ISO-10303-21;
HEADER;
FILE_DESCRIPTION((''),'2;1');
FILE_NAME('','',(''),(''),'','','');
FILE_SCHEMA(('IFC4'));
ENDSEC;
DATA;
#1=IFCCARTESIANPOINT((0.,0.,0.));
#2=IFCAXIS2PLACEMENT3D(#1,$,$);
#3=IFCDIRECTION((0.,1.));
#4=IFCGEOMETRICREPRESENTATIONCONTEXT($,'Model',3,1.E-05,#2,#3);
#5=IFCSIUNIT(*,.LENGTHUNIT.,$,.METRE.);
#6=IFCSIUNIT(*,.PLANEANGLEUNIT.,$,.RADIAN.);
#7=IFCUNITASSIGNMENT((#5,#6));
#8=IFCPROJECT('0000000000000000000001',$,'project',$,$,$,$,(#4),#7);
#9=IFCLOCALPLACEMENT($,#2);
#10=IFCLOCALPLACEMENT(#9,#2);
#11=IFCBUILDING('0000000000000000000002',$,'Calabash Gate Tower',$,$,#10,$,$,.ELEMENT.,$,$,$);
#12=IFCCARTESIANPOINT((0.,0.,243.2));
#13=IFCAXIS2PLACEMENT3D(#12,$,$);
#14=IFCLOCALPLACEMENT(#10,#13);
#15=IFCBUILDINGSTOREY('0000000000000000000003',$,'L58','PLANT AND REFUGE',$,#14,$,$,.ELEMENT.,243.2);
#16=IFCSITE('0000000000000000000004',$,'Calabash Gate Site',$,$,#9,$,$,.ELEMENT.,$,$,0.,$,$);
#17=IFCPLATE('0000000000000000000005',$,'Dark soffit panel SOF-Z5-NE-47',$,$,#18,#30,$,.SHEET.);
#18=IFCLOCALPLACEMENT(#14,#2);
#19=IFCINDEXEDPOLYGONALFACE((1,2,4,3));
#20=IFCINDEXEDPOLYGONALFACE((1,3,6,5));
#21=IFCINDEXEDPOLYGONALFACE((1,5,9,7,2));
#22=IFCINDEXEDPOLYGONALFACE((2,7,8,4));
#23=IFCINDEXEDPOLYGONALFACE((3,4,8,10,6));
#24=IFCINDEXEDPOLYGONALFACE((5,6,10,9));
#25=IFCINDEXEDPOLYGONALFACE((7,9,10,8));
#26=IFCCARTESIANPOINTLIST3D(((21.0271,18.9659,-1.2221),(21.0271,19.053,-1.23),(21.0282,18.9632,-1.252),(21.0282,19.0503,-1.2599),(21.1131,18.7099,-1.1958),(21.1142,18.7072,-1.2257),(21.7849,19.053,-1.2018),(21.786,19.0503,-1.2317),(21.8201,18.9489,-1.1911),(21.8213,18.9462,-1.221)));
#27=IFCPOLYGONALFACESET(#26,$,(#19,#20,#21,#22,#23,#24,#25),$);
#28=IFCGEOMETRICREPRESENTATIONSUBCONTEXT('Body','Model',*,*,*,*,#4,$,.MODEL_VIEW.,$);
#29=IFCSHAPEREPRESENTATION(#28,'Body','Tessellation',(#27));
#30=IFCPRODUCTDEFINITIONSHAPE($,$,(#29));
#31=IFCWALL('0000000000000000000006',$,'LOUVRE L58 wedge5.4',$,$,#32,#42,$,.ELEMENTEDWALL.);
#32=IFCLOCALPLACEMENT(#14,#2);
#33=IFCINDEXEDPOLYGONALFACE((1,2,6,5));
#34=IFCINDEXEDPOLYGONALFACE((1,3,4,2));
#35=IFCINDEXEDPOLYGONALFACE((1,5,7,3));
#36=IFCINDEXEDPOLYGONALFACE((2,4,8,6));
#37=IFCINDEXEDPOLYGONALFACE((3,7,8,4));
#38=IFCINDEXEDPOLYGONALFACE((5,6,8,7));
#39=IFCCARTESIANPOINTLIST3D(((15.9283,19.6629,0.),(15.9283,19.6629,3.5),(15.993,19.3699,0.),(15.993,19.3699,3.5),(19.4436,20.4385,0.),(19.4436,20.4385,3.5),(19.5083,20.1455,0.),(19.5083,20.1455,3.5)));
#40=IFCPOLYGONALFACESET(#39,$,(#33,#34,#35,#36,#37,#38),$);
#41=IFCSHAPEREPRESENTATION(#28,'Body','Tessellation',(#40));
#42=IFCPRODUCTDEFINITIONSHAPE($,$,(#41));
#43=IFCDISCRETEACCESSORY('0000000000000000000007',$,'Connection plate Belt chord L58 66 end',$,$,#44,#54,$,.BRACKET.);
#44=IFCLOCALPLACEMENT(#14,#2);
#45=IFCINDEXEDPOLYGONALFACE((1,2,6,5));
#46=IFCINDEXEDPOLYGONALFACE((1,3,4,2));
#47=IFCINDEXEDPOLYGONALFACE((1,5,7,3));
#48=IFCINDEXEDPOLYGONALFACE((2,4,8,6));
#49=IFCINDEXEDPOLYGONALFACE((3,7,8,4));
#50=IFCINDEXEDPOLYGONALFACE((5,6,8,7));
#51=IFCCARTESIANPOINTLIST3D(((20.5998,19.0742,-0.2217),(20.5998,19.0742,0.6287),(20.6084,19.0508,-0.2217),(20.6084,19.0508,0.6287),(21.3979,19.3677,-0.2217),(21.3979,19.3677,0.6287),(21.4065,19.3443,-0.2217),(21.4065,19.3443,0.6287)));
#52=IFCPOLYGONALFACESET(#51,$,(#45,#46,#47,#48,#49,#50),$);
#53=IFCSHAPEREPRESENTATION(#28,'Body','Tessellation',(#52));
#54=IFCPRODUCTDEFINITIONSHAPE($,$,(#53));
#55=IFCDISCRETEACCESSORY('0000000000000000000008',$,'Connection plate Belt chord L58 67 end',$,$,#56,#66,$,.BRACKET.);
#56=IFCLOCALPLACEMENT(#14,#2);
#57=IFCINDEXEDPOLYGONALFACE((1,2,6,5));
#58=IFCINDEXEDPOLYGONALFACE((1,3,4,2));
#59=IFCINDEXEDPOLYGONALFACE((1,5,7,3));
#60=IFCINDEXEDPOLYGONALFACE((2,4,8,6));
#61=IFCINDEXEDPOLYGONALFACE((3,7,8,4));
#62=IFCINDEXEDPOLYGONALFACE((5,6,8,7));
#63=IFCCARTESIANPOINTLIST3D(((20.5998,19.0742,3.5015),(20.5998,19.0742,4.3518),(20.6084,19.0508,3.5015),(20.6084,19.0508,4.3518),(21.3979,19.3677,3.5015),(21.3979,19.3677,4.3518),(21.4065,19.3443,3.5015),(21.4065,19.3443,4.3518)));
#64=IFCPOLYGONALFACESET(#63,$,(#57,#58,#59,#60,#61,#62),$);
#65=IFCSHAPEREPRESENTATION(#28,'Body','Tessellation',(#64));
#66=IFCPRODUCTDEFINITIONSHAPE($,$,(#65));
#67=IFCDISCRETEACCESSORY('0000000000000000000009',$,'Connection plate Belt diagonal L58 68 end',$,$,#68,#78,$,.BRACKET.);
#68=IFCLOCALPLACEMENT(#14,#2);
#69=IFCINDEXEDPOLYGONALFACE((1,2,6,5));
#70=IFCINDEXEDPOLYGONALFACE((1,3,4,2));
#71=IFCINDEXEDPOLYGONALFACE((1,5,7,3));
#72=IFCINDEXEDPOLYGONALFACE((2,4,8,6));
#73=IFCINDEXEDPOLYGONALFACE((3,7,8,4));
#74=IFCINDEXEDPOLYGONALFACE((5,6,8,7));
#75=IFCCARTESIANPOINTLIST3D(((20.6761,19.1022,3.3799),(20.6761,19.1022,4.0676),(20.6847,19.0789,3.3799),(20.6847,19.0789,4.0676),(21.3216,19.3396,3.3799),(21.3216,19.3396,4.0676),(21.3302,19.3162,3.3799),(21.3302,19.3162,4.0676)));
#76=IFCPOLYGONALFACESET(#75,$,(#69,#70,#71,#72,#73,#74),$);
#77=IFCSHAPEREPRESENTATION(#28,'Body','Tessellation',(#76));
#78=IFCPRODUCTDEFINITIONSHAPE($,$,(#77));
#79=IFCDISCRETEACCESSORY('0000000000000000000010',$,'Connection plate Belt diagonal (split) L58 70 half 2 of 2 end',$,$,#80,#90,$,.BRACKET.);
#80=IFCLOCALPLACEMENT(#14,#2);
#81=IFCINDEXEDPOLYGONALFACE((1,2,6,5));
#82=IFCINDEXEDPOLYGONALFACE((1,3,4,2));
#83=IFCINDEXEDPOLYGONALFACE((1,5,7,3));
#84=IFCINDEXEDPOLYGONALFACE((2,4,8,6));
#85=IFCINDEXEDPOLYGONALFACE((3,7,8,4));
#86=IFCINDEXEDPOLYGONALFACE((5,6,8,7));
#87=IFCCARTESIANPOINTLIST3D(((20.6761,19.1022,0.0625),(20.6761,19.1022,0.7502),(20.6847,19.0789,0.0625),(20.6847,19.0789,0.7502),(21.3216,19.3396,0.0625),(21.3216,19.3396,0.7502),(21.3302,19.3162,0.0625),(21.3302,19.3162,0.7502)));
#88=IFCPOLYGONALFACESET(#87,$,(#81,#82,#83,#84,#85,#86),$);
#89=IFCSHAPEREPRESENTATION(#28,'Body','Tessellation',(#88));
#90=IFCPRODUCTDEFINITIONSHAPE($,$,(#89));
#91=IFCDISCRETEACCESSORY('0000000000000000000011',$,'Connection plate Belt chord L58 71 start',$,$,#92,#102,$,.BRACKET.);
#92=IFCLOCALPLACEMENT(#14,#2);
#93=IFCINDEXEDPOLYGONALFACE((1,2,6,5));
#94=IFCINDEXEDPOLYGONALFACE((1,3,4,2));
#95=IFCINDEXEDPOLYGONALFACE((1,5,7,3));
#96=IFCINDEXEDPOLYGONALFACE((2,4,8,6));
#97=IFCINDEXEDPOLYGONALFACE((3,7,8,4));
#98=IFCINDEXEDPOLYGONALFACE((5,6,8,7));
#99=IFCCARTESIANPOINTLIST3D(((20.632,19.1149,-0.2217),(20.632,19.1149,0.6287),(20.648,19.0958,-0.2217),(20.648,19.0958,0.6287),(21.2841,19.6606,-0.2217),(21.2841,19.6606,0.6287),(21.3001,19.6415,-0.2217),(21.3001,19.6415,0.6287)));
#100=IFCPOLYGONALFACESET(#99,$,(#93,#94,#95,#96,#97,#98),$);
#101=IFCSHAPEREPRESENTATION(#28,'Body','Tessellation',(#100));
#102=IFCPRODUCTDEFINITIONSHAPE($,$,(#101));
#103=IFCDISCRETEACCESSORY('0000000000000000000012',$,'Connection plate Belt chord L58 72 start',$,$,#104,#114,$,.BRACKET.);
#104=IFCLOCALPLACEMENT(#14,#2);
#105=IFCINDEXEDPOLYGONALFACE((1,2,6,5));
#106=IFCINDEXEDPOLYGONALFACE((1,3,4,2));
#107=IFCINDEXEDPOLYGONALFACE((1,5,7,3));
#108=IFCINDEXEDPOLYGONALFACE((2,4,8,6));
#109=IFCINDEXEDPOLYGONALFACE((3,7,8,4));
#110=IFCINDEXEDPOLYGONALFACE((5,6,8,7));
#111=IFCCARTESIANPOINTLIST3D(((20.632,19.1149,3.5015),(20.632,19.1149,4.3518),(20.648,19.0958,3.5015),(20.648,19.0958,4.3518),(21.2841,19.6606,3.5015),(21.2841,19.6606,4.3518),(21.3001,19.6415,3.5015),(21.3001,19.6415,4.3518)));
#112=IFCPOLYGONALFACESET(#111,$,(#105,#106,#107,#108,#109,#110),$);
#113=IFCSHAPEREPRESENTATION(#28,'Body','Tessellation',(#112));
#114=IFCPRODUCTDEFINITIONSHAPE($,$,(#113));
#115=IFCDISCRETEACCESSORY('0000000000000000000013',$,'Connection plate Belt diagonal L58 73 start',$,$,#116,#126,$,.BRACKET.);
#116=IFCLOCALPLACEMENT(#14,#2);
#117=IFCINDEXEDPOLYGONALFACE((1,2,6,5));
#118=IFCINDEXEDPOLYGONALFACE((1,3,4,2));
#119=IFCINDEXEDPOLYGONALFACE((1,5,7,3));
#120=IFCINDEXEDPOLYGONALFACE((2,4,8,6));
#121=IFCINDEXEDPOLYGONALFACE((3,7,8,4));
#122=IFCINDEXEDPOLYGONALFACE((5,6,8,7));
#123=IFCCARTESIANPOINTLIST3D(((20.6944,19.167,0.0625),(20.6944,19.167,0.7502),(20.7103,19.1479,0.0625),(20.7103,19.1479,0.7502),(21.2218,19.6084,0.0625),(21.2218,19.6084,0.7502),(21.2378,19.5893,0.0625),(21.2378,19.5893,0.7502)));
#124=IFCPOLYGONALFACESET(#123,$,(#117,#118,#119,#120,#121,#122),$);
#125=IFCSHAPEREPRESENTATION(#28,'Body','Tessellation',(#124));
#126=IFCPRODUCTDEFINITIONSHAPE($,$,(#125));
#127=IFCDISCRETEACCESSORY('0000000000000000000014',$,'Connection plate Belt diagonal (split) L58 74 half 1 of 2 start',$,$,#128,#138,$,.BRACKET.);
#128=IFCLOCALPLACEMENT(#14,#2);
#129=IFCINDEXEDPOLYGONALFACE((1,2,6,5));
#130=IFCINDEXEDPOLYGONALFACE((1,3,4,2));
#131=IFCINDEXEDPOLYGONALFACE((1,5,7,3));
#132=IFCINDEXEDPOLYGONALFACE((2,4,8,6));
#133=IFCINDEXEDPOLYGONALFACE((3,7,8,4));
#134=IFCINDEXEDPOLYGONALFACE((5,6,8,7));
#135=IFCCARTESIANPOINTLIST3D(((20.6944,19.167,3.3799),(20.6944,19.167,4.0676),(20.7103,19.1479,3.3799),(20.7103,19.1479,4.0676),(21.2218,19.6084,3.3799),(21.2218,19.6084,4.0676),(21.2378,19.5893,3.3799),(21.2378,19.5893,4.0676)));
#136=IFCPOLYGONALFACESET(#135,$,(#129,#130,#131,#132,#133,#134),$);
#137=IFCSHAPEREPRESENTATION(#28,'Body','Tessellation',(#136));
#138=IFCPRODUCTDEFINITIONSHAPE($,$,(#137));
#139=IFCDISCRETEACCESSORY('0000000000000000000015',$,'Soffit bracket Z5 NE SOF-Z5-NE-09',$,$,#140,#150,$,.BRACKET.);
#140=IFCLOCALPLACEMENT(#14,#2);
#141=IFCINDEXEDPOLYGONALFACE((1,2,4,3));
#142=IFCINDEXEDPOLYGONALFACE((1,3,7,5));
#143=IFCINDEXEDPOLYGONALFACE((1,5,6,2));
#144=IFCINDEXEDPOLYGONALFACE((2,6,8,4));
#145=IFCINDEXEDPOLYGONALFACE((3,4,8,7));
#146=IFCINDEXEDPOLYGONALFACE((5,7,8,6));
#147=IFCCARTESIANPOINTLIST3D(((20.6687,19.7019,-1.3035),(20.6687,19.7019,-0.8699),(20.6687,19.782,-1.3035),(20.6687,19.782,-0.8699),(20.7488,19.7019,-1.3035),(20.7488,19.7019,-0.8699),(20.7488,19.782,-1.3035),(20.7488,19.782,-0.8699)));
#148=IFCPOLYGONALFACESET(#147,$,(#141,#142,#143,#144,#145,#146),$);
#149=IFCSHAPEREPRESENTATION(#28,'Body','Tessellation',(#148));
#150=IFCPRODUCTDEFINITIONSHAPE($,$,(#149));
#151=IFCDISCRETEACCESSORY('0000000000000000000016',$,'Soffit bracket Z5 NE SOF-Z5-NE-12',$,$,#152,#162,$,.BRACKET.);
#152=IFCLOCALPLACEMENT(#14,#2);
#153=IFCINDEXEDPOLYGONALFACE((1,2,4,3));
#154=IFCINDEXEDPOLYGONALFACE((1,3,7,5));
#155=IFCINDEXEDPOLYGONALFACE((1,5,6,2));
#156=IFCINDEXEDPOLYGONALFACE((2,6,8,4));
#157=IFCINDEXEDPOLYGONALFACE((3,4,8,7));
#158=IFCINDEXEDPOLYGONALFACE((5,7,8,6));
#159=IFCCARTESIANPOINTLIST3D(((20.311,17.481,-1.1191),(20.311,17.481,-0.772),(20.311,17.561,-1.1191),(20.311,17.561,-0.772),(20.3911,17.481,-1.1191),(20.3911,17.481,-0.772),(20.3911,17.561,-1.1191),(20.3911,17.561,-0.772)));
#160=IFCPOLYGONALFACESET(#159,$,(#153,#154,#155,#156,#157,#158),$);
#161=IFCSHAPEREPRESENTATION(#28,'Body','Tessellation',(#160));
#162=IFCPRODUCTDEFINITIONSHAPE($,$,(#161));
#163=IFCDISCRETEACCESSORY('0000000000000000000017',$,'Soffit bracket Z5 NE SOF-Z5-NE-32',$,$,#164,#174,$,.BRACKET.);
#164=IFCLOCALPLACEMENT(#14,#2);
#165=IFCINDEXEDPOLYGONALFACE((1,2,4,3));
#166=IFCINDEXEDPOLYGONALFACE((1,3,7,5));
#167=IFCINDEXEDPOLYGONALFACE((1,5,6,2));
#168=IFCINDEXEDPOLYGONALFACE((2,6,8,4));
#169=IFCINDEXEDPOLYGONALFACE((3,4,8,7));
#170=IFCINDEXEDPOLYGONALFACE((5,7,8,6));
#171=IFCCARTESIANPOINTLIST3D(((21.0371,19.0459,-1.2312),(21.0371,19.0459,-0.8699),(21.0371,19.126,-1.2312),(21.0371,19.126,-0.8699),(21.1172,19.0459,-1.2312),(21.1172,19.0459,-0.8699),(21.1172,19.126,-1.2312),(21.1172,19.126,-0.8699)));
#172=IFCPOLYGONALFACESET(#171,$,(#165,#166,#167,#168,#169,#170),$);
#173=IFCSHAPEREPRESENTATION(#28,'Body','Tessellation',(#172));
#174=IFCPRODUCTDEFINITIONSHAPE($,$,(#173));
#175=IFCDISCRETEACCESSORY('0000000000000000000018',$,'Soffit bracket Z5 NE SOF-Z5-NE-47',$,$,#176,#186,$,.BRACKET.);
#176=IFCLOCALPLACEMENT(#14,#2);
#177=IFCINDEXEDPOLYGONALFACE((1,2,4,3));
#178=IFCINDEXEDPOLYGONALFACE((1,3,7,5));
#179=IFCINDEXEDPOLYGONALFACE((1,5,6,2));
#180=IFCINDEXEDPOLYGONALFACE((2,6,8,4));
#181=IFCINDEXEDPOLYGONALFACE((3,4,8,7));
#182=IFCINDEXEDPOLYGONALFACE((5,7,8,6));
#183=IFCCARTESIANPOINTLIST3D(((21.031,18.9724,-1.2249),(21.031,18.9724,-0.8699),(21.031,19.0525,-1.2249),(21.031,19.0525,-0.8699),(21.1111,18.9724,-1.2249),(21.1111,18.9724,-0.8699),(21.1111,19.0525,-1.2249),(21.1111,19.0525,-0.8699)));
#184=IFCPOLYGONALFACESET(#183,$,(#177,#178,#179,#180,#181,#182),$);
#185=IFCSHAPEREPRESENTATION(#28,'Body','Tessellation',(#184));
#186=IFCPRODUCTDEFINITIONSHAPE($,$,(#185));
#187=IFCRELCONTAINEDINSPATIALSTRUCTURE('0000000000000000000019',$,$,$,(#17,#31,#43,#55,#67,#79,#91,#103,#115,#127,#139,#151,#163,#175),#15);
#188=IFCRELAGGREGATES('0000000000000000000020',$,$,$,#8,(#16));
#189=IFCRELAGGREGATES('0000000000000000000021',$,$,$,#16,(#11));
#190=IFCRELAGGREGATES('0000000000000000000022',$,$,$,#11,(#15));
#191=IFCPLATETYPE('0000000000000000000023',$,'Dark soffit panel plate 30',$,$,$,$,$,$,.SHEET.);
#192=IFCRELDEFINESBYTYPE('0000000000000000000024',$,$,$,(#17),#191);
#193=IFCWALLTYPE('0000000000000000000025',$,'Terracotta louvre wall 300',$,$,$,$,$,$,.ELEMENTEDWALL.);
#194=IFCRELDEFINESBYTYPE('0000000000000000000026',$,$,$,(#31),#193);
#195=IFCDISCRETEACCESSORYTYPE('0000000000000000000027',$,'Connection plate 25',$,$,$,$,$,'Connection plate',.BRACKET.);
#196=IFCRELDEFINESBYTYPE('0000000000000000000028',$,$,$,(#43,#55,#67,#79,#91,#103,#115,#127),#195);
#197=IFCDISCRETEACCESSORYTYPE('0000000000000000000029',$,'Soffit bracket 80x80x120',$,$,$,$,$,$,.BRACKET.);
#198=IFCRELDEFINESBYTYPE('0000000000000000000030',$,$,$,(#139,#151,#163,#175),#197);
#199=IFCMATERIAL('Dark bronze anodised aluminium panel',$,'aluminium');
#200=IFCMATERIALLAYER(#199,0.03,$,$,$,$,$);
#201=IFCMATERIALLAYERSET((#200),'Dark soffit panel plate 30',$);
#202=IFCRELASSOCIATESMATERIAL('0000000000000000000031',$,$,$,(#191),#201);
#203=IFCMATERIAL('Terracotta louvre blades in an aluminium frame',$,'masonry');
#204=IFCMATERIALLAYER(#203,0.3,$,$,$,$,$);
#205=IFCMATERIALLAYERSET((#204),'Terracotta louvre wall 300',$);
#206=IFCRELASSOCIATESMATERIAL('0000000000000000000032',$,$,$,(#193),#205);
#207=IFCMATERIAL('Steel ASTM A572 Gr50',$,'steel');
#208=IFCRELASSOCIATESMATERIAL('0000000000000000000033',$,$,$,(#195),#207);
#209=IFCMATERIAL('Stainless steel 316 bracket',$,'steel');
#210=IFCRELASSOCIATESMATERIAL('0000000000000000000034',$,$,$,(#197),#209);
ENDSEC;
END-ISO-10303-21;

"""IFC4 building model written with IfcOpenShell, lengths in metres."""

from ifc_helpers import new_model, si_unit, direction, frame, frame_2d, origin, origin_2d, place, context, subcontext, project, spatial, polyline, rectangle, outline, extrude, material, layer, layer_set, type_object, element, save


model = new_model("IFC4")

# Units and contexts
model_context = context("Model", 3, precision=1e-05, world=origin(), true_north=direction((0.0, 1.0)))
body_context = subcontext(model_context, "Body", "Model", "MODEL_VIEW")
ifc_project = project(units=[si_unit("LENGTHUNIT", "METRE"), si_unit("PLANEANGLEUNIT", "RADIAN")], contexts=[model_context])

# Site, building, storey
site_placement = place(None, origin())
site = spatial("IfcSite", under=ifc_project, at=site_placement, Name="Calabash Gate Site", CompositionType="ELEMENT", RefElevation=0.0)
building_placement = place(site_placement, origin())
building = spatial("IfcBuilding", under=site, at=building_placement, Name="Calabash Gate Tower", CompositionType="ELEMENT")
storey_placement = place(building_placement, frame((0.0, 0.0, 243.2)))
storey = spatial("IfcBuildingStorey", under=building, at=storey_placement, Name="L58", Description="PLANT AND REFUGE", CompositionType="ELEMENT", Elevation=243.2)

# Plate
ifc_material_1 = material(Name="Dark bronze anodised aluminium panel", Category="aluminium")
ifc_layer_1 = layer(ifc_material_1, 0.03)
ifc_layer_set_1 = layer_set([ifc_layer_1], Name="Dark soffit panel plate 30")
plate_type_1 = type_object("IfcPlateType", Name="Dark soffit panel plate 30", PredefinedType="SHEET", material=ifc_layer_set_1)
plate_1_placement = place(storey_placement, frame((21.0271, 19.053, -1.23), z_axis=(-0.036966, 0.089979, 0.995257), x_axis=(0.999311, 0.000008, 0.037116)))
element("IfcPlate", 1, at=plate_1_placement, inside=storey, type_object=plate_type_1, Name="Dark soffit panel SOF-Z5-NE-47", PredefinedType="SHEET", context=body_context, shape_type="SweptSolid", body=[
    extrude(outline(polyline([(0.0, 0.0), (0.7583, 0.0), (0.7939, -0.1045), (0.0872, -0.3445), (0.0002, -0.0874), (0.0, 0.0)])), origin(), (0.0, 0.0, -1.0), 0.03),
])

# Wall
ifc_material_2 = material(Name="Terracotta louvre blades in an aluminium frame", Category="masonry")
ifc_layer_2 = layer(ifc_material_2, 0.3)
ifc_layer_set_2 = layer_set([ifc_layer_2], Name="Terracotta louvre wall 300")
wall_type = type_object("IfcWallType", Name="Terracotta louvre wall 300", PredefinedType="ELEMENTEDWALL", material=ifc_layer_set_2)
wall_placement = place(storey_placement, frame((19.4758, 20.292, 0.0), z_axis=(0.0, 0.0, 1.0), x_axis=(-0.976513, -0.215458, 0.0)))
element("IfcWall", 2, at=wall_placement, inside=storey, type_object=wall_type, Name="LOUVRE L58 wedge5.4", PredefinedType="ELEMENTEDWALL", context=body_context, shape_type="SweptSolid", body=[
    extrude(rectangle(XDim=3.5999, YDim=0.3, at=frame_2d((1.7998, 0.0))), origin(), (0.0, 0.0, 1.0), 3.5),
])

# Discrete accessories
ifc_material_3 = material(Name="Steel ASTM A572 Gr50", Category="steel")
discrete_accessory_type_1 = type_object("IfcDiscreteAccessoryType", Name="Connection plate 25", ElementType="Connection plate", PredefinedType="BRACKET", material=ifc_material_3)
for number, where, z_axis, x_axis, name in (
    (3, (21.0032, 19.2092, -0.2217), (0.0, 0.0, 1.0), (-0.938551, -0.34514, 0.0), "Connection plate Belt chord L58 66 end"),
    (4, (21.0032, 19.2092, 3.5015), (0.0, 0.0, 1.0), (-0.938551, -0.34514, 0.0), "Connection plate Belt chord L58 67 end"),
):
    element("IfcDiscreteAccessory", number, at=place(storey_placement, frame(where, z_axis=z_axis, x_axis=x_axis)), inside=storey, type_object=discrete_accessory_type_1, Name=name, PredefinedType="BRACKET", context=body_context, shape_type="SweptSolid", body=[
        extrude(rectangle(XDim=0.8503, YDim=0.0249, at=origin_2d()), origin(), (0.0, 0.0, 1.0), 0.8503),
    ])
for number, where, z_axis, x_axis, name in (
    (5, (21.0032, 19.2092, 3.3799), (0.0, 0.0, 1.0), (-0.938551, -0.34514, 0.0), "Connection plate Belt diagonal L58 68 end"),
    (6, (21.0032, 19.2092, 0.0625), (0.0, 0.0, 1.0), (-0.938551, -0.34514, 0.0), "Connection plate Belt diagonal (split) L58 70 half 2 of 2 end"),
):
    element("IfcDiscreteAccessory", number, at=place(storey_placement, frame(where, z_axis=z_axis, x_axis=x_axis)), inside=storey, type_object=discrete_accessory_type_1, Name=name, PredefinedType="BRACKET", context=body_context, shape_type="SweptSolid", body=[
        extrude(rectangle(XDim=0.6877, YDim=0.0249, at=origin_2d()), origin(), (0.0, 0.0, 1.0), 0.6877),
    ])
for number, where, z_axis, x_axis, name in (
    (7, (20.9661, 19.3782, -0.2217), (0.0, 0.0, 1.0), (0.766904, 0.641762, 0.0), "Connection plate Belt chord L58 71 start"),
    (8, (20.9661, 19.3782, 3.5015), (0.0, 0.0, 1.0), (0.766904, 0.641762, 0.0), "Connection plate Belt chord L58 72 start"),
):
    element("IfcDiscreteAccessory", number, at=place(storey_placement, frame(where, z_axis=z_axis, x_axis=x_axis)), inside=storey, type_object=discrete_accessory_type_1, Name=name, PredefinedType="BRACKET", context=body_context, shape_type="SweptSolid", body=[
        extrude(rectangle(XDim=0.8503, YDim=0.0249, at=origin_2d()), origin(), (0.0, 0.0, 1.0), 0.8503),
    ])
for number, where, z_axis, x_axis, name in (
    (9, (20.9661, 19.3782, 0.0625), (0.0, 0.0, 1.0), (0.766904, 0.641762, 0.0), "Connection plate Belt diagonal L58 73 start"),
    (10, (20.9661, 19.3782, 3.3799), (0.0, 0.0, 1.0), (0.766903, 0.641763, 0.0), "Connection plate Belt diagonal (split) L58 74 half 1 of 2 start"),
):
    element("IfcDiscreteAccessory", number, at=place(storey_placement, frame(where, z_axis=z_axis, x_axis=x_axis)), inside=storey, type_object=discrete_accessory_type_1, Name=name, PredefinedType="BRACKET", context=body_context, shape_type="SweptSolid", body=[
        extrude(rectangle(XDim=0.6877, YDim=0.0249, at=origin_2d()), origin(), (0.0, 0.0, 1.0), 0.6877),
    ])
ifc_material_4 = material(Name="Stainless steel 316 bracket", Category="steel")
discrete_accessory_type_2 = type_object("IfcDiscreteAccessoryType", Name="Soffit bracket 80x80x120", PredefinedType="BRACKET", material=ifc_material_4)
discrete_accessory_1_placement = place(storey_placement, frame((20.7087, 19.7419, -1.3035), z_axis=(0.0, 0.0, 1.0), x_axis=(1.0, 0.0, 0.0)))
element("IfcDiscreteAccessory", 11, at=discrete_accessory_1_placement, inside=storey, type_object=discrete_accessory_type_2, Name="Soffit bracket Z5 NE SOF-Z5-NE-09", PredefinedType="BRACKET", context=body_context, shape_type="SweptSolid", body=[
    extrude(rectangle(XDim=0.0801, YDim=0.0801, at=origin_2d()), origin(), (0.0, 0.0, 1.0), 0.4336),
])
discrete_accessory_2_placement = place(storey_placement, frame((20.3511, 17.521, -1.1191), z_axis=(0.0, 0.0, 1.0), x_axis=(1.0, 0.0, 0.0)))
element("IfcDiscreteAccessory", 12, at=discrete_accessory_2_placement, inside=storey, type_object=discrete_accessory_type_2, Name="Soffit bracket Z5 NE SOF-Z5-NE-12", PredefinedType="BRACKET", context=body_context, shape_type="SweptSolid", body=[
    extrude(rectangle(XDim=0.0801, YDim=0.0801, at=origin_2d()), origin(), (0.0, 0.0, 1.0), 0.3472),
])
discrete_accessory_3_placement = place(storey_placement, frame((21.0771, 19.0859, -1.2312), z_axis=(0.0, 0.0, 1.0), x_axis=(1.0, 0.0, 0.0)))
element("IfcDiscreteAccessory", 13, at=discrete_accessory_3_placement, inside=storey, type_object=discrete_accessory_type_2, Name="Soffit bracket Z5 NE SOF-Z5-NE-32", PredefinedType="BRACKET", context=body_context, shape_type="SweptSolid", body=[
    extrude(rectangle(XDim=0.0801, YDim=0.0801, at=origin_2d()), origin(), (0.0, 0.0, 1.0), 0.3613),
])
discrete_accessory_4_placement = place(storey_placement, frame((21.071, 19.0125, -1.2249), z_axis=(0.0, 0.0, 1.0), x_axis=(1.0, 0.0, 0.0)))
element("IfcDiscreteAccessory", 14, at=discrete_accessory_4_placement, inside=storey, type_object=discrete_accessory_type_2, Name="Soffit bracket Z5 NE SOF-Z5-NE-47", PredefinedType="BRACKET", context=body_context, shape_type="SweptSolid", body=[
    extrude(rectangle(XDim=0.0801, YDim=0.0801, at=origin_2d()), origin(), (0.0, 0.0, 1.0), 0.355),
])

save(model, "model.ifc")
